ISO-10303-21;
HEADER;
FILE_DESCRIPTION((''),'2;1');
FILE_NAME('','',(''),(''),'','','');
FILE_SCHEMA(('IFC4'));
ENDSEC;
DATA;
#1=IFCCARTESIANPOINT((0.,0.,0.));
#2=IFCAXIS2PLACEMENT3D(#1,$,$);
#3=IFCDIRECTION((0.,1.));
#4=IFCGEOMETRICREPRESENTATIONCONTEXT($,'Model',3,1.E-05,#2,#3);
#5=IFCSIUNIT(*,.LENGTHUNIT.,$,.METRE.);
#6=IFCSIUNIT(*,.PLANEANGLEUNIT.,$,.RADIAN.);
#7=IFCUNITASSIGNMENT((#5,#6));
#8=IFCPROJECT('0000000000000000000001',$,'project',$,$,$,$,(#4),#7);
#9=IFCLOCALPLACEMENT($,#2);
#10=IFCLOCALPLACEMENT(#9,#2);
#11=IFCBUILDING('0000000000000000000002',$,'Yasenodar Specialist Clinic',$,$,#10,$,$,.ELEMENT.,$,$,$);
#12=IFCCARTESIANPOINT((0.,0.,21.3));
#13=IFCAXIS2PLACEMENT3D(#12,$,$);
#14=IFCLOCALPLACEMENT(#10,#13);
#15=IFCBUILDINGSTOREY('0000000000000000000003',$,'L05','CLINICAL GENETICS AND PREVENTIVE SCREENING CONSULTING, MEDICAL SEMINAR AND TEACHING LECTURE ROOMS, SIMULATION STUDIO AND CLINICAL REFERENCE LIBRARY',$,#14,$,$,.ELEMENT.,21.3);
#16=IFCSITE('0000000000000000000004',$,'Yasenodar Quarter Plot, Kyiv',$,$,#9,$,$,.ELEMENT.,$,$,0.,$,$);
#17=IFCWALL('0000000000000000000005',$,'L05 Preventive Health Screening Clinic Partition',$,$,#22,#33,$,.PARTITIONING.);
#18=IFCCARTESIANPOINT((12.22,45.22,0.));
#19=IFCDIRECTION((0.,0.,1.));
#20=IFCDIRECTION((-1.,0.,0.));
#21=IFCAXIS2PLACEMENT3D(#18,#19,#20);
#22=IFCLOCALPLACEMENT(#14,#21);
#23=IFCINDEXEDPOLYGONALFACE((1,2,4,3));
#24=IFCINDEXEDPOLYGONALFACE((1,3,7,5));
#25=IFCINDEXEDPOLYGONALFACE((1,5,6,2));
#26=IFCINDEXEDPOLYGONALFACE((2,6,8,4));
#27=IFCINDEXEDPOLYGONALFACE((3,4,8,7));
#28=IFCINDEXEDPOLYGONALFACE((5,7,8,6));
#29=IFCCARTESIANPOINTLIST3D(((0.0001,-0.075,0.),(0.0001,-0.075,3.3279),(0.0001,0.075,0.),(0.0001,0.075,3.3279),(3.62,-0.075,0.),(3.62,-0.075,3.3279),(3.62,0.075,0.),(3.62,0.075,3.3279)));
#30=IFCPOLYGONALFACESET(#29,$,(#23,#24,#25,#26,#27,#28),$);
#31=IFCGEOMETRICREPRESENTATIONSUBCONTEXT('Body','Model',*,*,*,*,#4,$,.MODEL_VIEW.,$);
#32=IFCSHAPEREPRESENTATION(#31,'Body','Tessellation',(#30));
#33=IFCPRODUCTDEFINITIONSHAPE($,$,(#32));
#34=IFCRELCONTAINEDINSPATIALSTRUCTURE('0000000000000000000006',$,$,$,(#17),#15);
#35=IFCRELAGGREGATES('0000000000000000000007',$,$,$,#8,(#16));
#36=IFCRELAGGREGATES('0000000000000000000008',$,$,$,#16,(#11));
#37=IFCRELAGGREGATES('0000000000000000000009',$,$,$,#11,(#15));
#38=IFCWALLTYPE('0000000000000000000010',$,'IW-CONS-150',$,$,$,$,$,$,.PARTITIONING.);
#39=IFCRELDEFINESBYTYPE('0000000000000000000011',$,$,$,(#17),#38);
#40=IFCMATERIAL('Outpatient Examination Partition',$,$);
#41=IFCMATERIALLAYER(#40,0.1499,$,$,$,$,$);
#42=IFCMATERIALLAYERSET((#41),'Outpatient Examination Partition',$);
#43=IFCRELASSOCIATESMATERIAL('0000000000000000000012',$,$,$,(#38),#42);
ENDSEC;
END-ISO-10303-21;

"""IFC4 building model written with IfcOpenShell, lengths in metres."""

from ifc_helpers import new_model, si_unit, direction, frame, frame_2d, origin, place, context, subcontext, project, spatial, rectangle, extrude, material, layer, layer_set, type_object, element, save


model = new_model("IFC4")

# Units and contexts
model_context = context("Model", 3, precision=1e-05, world=origin(), true_north=direction((0.0, 1.0)))
body_context = subcontext(model_context, "Body", "Model", "MODEL_VIEW")
ifc_project = project(units=[si_unit("LENGTHUNIT", "METRE"), si_unit("PLANEANGLEUNIT", "RADIAN")], contexts=[model_context])

# Site, building, storey
site_placement = place(None, origin())
site = spatial("IfcSite", under=ifc_project, at=site_placement, Name="Yasenodar Quarter Plot, Kyiv", CompositionType="ELEMENT", RefElevation=0.0)
building_placement = place(site_placement, origin())
building = spatial("IfcBuilding", under=site, at=building_placement, Name="Yasenodar Specialist Clinic", CompositionType="ELEMENT")
storey_placement = place(building_placement, frame((0.0, 0.0, 21.3)))
storey = spatial("IfcBuildingStorey", under=building, at=storey_placement, Name="L05", Description="CLINICAL GENETICS AND PREVENTIVE SCREENING CONSULTING, MEDICAL SEMINAR AND TEACHING LECTURE ROOMS, SIMULATION STUDIO AND CLINICAL REFERENCE LIBRARY", CompositionType="ELEMENT", Elevation=21.3)

# Shared definitions
ifc_material_1 = material(Name="Outpatient Examination Partition")
ifc_layer_1 = layer(ifc_material_1, 0.1499)
ifc_layer_set_1 = layer_set([ifc_layer_1], Name="Outpatient Examination Partition")
wall_type_1 = type_object("IfcWallType", Name="IW-CONS-150", PredefinedType="PARTITIONING", material=ifc_layer_set_1)

# Wall
wall_1_placement = place(storey_placement, frame((12.22, 45.22, 0.0), z_axis=(0.0, 0.0, 1.0), x_axis=(-1.0, 0.0, 0.0)))
element("IfcWall", 1, at=wall_1_placement, inside=storey, type_object=wall_type_1, Name="L05 Preventive Health Screening Clinic Partition", PredefinedType="PARTITIONING", context=body_context, shape_type="SweptSolid", body=[
    extrude(rectangle(XDim=3.6199, YDim=0.1499, at=frame_2d((1.8101, 0.0))), origin(), (0.0, 0.0, 1.0), 3.3279),
])

save(model, "model.ifc")
